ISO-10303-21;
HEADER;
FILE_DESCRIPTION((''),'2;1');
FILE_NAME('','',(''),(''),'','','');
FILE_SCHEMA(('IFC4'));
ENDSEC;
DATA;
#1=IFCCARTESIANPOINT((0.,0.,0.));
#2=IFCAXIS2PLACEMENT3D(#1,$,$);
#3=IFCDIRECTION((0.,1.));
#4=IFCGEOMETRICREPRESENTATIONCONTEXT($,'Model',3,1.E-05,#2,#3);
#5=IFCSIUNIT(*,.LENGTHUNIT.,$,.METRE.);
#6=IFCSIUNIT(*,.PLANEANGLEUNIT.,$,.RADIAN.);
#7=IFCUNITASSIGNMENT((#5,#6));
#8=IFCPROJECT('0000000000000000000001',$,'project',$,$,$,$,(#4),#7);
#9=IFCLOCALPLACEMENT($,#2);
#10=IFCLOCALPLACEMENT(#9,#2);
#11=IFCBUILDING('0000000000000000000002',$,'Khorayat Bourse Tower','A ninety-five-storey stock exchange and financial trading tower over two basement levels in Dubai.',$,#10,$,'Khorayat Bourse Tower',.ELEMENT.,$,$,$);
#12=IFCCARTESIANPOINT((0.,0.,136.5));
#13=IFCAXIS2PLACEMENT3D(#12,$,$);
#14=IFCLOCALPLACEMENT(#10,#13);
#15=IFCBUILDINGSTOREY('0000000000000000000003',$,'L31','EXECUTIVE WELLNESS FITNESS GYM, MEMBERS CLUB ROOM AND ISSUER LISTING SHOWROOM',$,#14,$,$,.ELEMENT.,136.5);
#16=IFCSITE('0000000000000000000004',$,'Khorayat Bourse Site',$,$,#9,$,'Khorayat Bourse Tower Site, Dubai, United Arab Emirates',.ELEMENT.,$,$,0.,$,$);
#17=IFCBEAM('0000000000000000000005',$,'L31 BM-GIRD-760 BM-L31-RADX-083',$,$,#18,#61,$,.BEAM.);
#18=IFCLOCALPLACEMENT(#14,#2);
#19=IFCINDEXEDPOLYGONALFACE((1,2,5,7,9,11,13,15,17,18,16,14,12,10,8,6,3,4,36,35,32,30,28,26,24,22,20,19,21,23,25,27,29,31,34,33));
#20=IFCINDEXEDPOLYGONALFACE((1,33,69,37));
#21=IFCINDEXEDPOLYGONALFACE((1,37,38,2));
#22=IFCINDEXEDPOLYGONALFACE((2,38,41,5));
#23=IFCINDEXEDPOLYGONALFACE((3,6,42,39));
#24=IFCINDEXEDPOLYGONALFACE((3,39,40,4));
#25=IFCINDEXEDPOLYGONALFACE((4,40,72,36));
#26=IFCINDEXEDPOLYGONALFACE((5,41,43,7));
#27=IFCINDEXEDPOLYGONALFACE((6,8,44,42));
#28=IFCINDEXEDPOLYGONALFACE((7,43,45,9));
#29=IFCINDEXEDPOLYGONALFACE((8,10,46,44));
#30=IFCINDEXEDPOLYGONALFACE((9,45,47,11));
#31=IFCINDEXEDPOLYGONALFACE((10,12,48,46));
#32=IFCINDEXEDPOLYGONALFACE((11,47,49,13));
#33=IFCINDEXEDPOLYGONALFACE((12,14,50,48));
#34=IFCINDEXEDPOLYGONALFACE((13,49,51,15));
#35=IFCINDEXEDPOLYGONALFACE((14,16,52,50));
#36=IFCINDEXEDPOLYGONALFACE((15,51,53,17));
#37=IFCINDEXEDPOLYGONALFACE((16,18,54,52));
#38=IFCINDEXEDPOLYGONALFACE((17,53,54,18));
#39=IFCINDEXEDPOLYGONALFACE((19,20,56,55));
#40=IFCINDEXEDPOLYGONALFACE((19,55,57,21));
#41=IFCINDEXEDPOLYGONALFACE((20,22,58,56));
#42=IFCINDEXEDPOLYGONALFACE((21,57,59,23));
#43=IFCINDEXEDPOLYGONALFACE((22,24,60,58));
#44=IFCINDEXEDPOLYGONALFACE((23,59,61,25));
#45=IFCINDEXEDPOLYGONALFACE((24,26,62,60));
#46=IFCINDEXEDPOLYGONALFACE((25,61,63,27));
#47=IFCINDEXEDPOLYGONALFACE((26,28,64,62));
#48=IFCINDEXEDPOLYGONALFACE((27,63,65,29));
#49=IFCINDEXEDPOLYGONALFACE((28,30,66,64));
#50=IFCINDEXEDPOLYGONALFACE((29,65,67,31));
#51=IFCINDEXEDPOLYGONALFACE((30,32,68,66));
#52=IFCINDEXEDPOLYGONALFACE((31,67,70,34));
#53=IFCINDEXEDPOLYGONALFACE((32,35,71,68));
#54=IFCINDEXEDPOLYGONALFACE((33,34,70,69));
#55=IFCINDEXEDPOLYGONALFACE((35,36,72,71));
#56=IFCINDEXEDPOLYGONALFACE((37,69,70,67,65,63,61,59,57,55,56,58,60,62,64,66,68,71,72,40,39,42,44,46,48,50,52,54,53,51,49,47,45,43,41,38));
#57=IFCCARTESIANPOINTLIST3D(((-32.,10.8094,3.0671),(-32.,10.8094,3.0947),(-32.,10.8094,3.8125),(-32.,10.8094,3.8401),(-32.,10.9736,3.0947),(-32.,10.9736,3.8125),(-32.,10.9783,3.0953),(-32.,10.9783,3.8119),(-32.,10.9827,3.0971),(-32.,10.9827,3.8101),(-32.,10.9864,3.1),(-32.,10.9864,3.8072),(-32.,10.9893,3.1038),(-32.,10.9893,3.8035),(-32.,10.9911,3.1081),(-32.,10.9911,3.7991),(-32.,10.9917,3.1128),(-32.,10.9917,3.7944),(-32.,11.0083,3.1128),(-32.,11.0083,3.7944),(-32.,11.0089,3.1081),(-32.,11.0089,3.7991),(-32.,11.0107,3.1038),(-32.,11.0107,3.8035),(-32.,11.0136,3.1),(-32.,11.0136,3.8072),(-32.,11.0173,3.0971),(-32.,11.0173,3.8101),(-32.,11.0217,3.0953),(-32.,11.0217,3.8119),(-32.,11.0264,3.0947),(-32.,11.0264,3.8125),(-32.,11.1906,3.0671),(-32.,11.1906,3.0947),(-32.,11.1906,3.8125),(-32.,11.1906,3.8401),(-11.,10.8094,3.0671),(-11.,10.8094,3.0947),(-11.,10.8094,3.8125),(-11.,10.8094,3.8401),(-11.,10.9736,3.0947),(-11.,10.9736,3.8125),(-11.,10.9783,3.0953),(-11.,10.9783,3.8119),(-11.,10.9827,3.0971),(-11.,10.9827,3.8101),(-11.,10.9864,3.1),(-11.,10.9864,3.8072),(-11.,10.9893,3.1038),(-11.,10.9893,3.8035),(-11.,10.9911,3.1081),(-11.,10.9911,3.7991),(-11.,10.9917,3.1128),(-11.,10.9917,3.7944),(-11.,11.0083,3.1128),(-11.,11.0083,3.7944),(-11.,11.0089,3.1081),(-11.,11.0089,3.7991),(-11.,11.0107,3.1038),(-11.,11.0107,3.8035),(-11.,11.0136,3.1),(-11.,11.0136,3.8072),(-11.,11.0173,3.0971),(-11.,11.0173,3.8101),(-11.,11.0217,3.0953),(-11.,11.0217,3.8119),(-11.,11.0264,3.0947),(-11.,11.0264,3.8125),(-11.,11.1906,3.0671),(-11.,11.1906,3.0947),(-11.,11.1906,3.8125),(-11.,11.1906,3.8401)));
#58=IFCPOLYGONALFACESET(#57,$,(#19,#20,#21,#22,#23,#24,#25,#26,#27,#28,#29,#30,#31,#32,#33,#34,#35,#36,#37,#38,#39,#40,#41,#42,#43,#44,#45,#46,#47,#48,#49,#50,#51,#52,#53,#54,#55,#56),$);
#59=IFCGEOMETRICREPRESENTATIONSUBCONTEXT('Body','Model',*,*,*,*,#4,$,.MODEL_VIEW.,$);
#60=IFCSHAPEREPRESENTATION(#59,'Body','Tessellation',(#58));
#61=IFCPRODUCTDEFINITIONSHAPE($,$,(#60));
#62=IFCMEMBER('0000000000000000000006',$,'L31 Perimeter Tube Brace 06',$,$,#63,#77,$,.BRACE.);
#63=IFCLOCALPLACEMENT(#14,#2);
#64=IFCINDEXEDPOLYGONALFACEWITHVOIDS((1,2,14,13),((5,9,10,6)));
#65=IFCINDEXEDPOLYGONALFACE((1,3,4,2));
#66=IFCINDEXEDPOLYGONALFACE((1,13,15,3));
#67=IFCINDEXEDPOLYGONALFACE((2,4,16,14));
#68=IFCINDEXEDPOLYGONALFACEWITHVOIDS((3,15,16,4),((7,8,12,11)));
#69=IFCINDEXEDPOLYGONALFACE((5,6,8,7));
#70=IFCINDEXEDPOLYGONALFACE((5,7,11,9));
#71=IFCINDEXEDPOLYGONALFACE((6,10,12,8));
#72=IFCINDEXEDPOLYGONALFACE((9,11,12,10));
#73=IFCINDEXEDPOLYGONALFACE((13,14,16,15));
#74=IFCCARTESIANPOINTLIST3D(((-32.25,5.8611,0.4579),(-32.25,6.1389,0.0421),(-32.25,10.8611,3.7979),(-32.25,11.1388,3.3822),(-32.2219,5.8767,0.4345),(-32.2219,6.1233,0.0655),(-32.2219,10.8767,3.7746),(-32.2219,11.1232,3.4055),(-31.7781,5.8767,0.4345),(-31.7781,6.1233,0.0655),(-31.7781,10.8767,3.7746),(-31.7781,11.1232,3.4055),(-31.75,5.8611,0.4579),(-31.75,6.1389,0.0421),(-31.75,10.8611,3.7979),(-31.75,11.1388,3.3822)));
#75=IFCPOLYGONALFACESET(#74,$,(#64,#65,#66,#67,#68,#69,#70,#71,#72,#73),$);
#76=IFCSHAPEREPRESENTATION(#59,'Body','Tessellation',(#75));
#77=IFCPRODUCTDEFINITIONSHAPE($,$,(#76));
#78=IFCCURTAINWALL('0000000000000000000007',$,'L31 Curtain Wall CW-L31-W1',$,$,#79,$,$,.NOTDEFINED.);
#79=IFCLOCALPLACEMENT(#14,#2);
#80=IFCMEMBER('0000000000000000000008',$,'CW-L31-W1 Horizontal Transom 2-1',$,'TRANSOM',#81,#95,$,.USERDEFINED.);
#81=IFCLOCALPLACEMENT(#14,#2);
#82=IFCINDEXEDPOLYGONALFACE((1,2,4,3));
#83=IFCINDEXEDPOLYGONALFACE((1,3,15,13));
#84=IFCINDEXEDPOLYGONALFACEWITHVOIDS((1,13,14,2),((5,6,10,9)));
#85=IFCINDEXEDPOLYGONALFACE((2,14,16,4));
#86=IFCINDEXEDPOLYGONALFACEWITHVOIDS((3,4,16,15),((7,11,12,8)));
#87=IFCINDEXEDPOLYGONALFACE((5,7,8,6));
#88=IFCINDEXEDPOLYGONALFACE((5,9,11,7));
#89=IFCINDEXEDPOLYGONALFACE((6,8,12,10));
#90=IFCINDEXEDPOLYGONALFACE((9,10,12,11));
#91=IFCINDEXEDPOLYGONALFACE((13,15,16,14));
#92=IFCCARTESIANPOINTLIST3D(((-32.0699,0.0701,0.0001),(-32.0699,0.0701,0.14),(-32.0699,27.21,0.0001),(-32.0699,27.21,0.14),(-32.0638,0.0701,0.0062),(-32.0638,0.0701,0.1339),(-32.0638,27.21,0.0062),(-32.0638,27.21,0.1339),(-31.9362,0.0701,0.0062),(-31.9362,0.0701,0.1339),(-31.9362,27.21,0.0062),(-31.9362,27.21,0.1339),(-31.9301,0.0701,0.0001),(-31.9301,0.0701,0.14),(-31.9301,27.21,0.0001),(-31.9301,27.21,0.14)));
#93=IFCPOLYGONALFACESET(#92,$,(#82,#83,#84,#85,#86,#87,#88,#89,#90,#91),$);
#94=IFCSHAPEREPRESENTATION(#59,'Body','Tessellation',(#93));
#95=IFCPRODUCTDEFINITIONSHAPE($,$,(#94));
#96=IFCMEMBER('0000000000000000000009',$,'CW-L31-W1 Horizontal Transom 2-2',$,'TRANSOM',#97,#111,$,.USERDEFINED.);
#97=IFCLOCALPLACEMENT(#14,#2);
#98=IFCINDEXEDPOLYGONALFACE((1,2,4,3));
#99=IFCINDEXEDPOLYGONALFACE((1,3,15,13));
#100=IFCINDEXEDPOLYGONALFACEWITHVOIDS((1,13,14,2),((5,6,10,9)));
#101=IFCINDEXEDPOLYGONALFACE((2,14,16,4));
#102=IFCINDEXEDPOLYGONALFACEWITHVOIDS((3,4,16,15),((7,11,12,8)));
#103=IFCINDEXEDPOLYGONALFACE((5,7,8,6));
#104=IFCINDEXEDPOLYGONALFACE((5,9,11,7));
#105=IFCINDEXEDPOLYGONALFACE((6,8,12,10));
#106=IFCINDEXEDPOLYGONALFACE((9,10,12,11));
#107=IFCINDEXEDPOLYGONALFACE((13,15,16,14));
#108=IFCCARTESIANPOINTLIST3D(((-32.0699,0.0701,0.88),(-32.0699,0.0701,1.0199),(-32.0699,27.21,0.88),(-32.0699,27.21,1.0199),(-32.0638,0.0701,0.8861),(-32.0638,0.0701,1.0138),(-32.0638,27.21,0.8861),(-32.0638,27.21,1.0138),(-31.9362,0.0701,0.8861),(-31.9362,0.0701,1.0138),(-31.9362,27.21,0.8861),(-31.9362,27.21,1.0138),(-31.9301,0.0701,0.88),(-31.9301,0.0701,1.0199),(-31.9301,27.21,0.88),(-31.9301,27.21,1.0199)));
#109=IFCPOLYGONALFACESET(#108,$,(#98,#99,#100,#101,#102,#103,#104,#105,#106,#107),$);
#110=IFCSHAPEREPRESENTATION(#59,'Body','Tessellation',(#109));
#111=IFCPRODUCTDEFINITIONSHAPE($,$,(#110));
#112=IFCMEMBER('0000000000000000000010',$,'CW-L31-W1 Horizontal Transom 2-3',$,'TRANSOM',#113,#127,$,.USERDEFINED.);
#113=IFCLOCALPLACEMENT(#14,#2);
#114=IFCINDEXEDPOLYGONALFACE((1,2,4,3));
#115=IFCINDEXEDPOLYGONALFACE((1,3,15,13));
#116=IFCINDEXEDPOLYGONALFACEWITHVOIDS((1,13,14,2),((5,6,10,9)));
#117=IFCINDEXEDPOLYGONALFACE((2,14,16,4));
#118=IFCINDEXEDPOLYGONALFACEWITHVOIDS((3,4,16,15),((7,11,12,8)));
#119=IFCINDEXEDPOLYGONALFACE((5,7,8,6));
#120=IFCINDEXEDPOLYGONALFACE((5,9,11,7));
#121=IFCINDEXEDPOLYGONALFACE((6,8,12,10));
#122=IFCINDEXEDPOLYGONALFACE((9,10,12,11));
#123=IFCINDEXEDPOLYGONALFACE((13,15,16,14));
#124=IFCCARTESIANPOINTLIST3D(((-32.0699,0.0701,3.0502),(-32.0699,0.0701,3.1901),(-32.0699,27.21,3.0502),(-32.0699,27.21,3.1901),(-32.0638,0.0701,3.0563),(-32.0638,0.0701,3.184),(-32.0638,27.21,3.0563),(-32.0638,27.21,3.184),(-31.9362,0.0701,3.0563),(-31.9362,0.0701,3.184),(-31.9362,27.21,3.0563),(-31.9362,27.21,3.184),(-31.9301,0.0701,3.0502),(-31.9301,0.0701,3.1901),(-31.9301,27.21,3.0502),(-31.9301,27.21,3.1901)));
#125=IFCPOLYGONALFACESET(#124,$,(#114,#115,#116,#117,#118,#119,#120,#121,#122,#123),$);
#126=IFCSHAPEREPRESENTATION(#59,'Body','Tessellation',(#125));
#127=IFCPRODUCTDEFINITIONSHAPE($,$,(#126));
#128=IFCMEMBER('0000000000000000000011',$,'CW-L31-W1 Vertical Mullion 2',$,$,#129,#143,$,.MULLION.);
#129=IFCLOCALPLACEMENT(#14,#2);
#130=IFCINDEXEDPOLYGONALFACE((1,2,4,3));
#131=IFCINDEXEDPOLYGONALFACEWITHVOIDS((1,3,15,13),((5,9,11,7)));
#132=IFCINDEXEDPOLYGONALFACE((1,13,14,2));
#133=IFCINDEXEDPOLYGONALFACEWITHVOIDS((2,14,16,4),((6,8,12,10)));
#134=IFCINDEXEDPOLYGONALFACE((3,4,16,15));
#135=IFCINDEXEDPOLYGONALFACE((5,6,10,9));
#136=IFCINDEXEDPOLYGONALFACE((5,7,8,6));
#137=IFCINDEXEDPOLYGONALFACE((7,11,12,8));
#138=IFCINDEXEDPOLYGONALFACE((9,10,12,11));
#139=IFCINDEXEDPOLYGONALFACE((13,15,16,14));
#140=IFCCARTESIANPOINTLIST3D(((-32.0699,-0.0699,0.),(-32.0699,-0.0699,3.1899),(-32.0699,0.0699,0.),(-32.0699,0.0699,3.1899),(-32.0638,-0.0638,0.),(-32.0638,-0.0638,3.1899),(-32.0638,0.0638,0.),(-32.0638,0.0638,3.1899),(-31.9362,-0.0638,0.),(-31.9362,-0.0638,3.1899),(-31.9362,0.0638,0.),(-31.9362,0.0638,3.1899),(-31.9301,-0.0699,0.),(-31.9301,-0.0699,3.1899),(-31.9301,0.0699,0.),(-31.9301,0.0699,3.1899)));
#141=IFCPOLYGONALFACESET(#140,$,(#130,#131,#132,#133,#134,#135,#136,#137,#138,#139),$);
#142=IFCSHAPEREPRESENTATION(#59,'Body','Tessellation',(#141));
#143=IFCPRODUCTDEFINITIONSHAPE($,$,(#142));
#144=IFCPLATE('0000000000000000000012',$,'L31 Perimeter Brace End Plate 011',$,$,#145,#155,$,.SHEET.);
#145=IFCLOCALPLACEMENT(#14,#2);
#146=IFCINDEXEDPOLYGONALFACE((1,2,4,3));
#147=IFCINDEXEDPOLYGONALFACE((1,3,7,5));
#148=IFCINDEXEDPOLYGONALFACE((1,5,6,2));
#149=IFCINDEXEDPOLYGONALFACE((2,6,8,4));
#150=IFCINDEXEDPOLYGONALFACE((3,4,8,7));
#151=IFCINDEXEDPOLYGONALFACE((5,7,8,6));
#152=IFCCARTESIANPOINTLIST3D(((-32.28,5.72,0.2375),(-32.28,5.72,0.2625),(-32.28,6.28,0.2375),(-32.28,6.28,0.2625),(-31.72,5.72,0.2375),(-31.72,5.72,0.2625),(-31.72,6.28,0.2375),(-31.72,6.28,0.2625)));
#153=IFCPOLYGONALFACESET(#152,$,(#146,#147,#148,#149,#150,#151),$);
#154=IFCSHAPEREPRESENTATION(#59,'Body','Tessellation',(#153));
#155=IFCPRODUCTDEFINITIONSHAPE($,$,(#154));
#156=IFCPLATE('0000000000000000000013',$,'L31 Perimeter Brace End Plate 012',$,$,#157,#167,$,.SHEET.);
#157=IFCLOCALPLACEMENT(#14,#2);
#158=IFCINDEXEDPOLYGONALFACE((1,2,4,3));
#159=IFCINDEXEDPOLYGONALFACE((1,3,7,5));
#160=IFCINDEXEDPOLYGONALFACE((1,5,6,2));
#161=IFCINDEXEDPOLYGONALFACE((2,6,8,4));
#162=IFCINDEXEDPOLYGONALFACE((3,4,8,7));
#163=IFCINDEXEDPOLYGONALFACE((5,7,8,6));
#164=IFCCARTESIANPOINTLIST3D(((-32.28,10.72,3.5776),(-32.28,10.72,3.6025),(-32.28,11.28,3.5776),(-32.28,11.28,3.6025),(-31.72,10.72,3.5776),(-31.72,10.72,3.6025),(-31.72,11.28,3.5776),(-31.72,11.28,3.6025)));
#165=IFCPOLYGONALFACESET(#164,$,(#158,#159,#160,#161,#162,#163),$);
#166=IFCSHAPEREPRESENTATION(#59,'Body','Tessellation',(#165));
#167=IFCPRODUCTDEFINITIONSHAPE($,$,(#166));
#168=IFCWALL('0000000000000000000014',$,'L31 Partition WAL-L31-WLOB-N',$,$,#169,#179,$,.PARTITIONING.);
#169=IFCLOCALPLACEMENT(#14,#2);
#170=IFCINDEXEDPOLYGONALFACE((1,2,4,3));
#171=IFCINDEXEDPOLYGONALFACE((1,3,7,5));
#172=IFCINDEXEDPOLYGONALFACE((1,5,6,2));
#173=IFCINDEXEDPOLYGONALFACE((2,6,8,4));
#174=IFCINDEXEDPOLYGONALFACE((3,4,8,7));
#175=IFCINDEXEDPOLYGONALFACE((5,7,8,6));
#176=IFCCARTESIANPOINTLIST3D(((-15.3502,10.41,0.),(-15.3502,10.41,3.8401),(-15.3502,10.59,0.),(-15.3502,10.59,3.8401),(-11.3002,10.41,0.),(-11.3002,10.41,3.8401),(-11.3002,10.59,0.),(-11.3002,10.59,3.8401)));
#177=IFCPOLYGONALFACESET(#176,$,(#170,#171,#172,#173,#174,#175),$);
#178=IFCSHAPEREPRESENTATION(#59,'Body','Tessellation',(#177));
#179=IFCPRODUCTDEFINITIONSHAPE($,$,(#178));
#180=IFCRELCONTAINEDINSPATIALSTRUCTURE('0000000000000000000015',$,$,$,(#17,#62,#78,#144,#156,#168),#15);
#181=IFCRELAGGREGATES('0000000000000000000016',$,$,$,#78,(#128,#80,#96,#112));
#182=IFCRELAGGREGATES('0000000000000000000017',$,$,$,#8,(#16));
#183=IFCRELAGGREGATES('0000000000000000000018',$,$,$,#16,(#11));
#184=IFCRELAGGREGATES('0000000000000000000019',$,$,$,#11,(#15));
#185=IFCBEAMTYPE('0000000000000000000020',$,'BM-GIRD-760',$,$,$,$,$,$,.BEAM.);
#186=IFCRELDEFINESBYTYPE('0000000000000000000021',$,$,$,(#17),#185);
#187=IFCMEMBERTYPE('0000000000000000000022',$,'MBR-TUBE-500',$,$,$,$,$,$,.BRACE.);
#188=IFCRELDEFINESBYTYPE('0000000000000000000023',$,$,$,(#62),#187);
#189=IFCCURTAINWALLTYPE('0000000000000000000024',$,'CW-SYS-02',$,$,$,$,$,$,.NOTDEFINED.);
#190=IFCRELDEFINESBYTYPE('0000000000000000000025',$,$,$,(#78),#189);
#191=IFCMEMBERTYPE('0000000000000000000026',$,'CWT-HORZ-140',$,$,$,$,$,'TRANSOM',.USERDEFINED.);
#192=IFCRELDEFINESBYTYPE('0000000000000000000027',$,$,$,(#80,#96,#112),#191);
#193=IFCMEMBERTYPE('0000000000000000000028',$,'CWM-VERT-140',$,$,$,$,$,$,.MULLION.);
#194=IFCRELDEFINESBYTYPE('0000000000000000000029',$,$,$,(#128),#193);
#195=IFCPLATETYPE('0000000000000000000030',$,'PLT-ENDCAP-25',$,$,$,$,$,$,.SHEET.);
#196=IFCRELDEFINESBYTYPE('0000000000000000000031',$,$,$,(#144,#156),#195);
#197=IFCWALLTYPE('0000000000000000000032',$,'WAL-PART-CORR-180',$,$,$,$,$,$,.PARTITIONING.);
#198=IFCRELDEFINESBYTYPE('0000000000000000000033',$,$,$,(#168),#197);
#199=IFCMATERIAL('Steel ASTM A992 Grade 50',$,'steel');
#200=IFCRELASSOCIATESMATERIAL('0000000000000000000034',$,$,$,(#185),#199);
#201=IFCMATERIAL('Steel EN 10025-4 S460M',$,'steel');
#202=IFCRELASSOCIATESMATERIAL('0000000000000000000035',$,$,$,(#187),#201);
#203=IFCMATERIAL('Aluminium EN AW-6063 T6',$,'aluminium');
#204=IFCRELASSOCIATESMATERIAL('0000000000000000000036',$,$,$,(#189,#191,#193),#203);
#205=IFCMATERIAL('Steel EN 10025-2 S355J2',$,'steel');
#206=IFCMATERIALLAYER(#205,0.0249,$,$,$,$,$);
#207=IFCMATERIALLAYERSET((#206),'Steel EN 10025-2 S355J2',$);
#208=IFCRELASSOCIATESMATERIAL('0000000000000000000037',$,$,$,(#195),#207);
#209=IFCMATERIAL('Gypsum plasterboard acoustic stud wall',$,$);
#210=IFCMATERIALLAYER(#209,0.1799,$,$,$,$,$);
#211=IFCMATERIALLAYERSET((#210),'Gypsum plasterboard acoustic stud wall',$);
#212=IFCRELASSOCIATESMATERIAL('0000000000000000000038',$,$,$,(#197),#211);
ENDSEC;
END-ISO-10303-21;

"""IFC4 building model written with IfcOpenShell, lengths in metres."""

from ifc_helpers import new_model, si_unit, direction, frame, frame_2d, origin, origin_2d, place, context, subcontext, project, spatial, rectangle, hollow_rectangle, i_section, extrude, source, transform, mapped, material, layer, layer_set, material_profile, profile_set, type_object, element, aggregate, save


model = new_model("IFC4")

# Units and contexts
model_context = context("Model", 3, precision=1e-05, world=origin(), true_north=direction((0.0, 1.0)))
body_context = subcontext(model_context, "Body", "Model", "MODEL_VIEW")
ifc_project = project(units=[si_unit("LENGTHUNIT", "METRE"), si_unit("PLANEANGLEUNIT", "RADIAN")], contexts=[model_context])

# Site, building, storey
site_placement = place(None, origin())
site = spatial("IfcSite", under=ifc_project, at=site_placement, Name="Khorayat Bourse Site", LongName="Khorayat Bourse Tower Site, Dubai, United Arab Emirates", CompositionType="ELEMENT", RefElevation=0.0)
building_placement = place(site_placement, origin())
building = spatial("IfcBuilding", under=site, at=building_placement, Name="Khorayat Bourse Tower", Description="A ninety-five-storey stock exchange and financial trading tower over two basement levels in Dubai.", LongName="Khorayat Bourse Tower", CompositionType="ELEMENT")
storey_placement = place(building_placement, frame((0.0, 0.0, 136.5)))
storey = spatial("IfcBuildingStorey", under=building, at=storey_placement, Name="L31", Description="EXECUTIVE WELLNESS FITNESS GYM, MEMBERS CLUB ROOM AND ISSUER LISTING SHOWROOM", CompositionType="ELEMENT", Elevation=136.5)

# Shared definitions
ifc_material_1 = material(Name="Steel EN 10025-4 S460M", Category="steel")

# Beam
ifc_material_2 = material(Name="Steel ASTM A992 Grade 50", Category="steel")
ifc_material_profile_1 = material_profile(ifc_material_2, i_section(OverallWidth=0.3811, OverallDepth=0.7729, WebThickness=0.0166, FlangeThickness=0.0276, FilletRadius=0.0181, at=origin_2d()), Name="W760X257")
ifc_profile_set_1 = profile_set([ifc_material_profile_1], Name="Steel ASTM A992 Grade 50")
beam_type_1 = type_object("IfcBeamType", Name="BM-GIRD-760", PredefinedType="BEAM", material=ifc_profile_set_1)
shared_shape_1 = source(origin(), body_context, "Body", "SweptSolid", [
    extrude(i_section(OverallWidth=0.3811, OverallDepth=0.7729, WebThickness=0.0166, FlangeThickness=0.0276, FilletRadius=0.0181, at=origin_2d()), origin(), (0.0, 0.0, 1.0), 21.0),
])
for number, where, z_axis, x_axis, name in (
    (1, (-32.0, 11.0, 3.4536), (1.0, 0.0, 0.0), (0.0, 1.0, 0.0), "L31 BM-GIRD-760 BM-L31-RADX-083"),
):
    element("IfcBeam", number, at=place(storey_placement, frame(where, z_axis=z_axis, x_axis=x_axis)), inside=storey, type_object=beam_type_1, Name=name, PredefinedType="BEAM", context=body_context, shape_type="MappedRepresentation", body=[
        mapped(shared_shape_1, transform((0.0, 0.0, 0.0), scale=1.0)),
    ])

# Member
ifc_material_profile_2 = material_profile(ifc_material_1, hollow_rectangle(XDim=0.5, YDim=0.5, WallThickness=0.0281, at=origin_2d()), Name="HSS 500x500x28")
ifc_profile_set_2 = profile_set([ifc_material_profile_2], Name="Steel EN 10025-4 S460M")
member_type_1 = type_object("IfcMemberType", Name="MBR-TUBE-500", PredefinedType="BRACE", material=ifc_profile_set_2)
shared_shape_2 = source(origin(), body_context, "Body", "SweptSolid", [
    extrude(hollow_rectangle(XDim=0.5, YDim=0.5, WallThickness=0.0281, at=origin_2d()), origin(), (0.0, 0.0, 1.0), 6.0129),
])
member_1_placement = place(storey_placement, frame((-32.0, 6.0, 0.25), z_axis=(0.0, 0.831531, 0.555478), x_axis=(-1.0, 0.0, 0.0)))
element("IfcMember", 2, at=member_1_placement, inside=storey, type_object=member_type_1, Name="L31 Perimeter Tube Brace 06", PredefinedType="BRACE", context=body_context, shape_type="MappedRepresentation", body=[
    mapped(shared_shape_2, transform((0.0, 0.0, 0.0), scale=1.0)),
])

# Curtain wall, members
ifc_material_3 = material(Name="Aluminium EN AW-6063 T6", Category="aluminium")
curtain_wall_type = type_object("IfcCurtainWallType", Name="CW-SYS-02", PredefinedType="NOTDEFINED", material=ifc_material_3)
curtain_wall_placement = place(storey_placement, origin())
curtain_wall = element("IfcCurtainWall", 3, at=curtain_wall_placement, inside=storey, type_object=curtain_wall_type, Name="L31 Curtain Wall CW-L31-W1", PredefinedType="NOTDEFINED")
ifc_material_profile_3 = material_profile(ifc_material_3, hollow_rectangle(XDim=0.1399, YDim=0.1399, WallThickness=0.0061, at=origin_2d()), Name="ALU 140x140x6")
ifc_profile_set_3 = profile_set([ifc_material_profile_3], Name="Aluminium EN AW-6063 T6")
member_type_2 = type_object("IfcMemberType", Name="CWT-HORZ-140", ElementType="TRANSOM", PredefinedType="USERDEFINED", material=ifc_profile_set_3)
shared_shape_3 = source(origin(), body_context, "Body", "SweptSolid", [
    extrude(hollow_rectangle(XDim=0.1399, YDim=0.1399, WallThickness=0.0061, at=origin_2d()), origin(), (0.0, 0.0, 1.0), 27.1399),
])
member_2_placement = place(storey_placement, frame((-32.0, 0.0701, 0.0701), z_axis=(0.0, 1.0, 0.0), x_axis=(-1.0, 0.0, 0.0)))
member_2 = element("IfcMember", 4, at=member_2_placement, type_object=member_type_2, Name="CW-L31-W1 Horizontal Transom 2-1", ObjectType="TRANSOM", PredefinedType="USERDEFINED", context=body_context, shape_type="MappedRepresentation", body=[
    mapped(shared_shape_3, transform((0.0, 0.0, 0.0), scale=1.0)),
])
member_3_placement = place(storey_placement, frame((-32.0, 0.0701, 0.95), z_axis=(0.0, 1.0, 0.0), x_axis=(-1.0, 0.0, 0.0)))
member_3 = element("IfcMember", 5, at=member_3_placement, type_object=member_type_2, Name="CW-L31-W1 Horizontal Transom 2-2", ObjectType="TRANSOM", PredefinedType="USERDEFINED", context=body_context, shape_type="MappedRepresentation", body=[
    mapped(shared_shape_3, transform((0.0, 0.0, 0.0), scale=1.0)),
])
member_4_placement = place(storey_placement, frame((-32.0, 0.0701, 3.1201), z_axis=(0.0, 1.0, 0.0), x_axis=(-1.0, 0.0, 0.0)))
member_4 = element("IfcMember", 6, at=member_4_placement, type_object=member_type_2, Name="CW-L31-W1 Horizontal Transom 2-3", ObjectType="TRANSOM", PredefinedType="USERDEFINED", context=body_context, shape_type="MappedRepresentation", body=[
    mapped(shared_shape_3, transform((0.0, 0.0, 0.0), scale=1.0)),
])
ifc_material_profile_4 = material_profile(ifc_material_3, hollow_rectangle(XDim=0.1399, YDim=0.1399, WallThickness=0.0061, at=origin_2d()), Name="ALU 140x140x6")
ifc_profile_set_4 = profile_set([ifc_material_profile_4], Name="Aluminium EN AW-6063 T6")
member_type_3 = type_object("IfcMemberType", Name="CWM-VERT-140", PredefinedType="MULLION", material=ifc_profile_set_4)
shared_shape_4 = source(origin(), body_context, "Body", "SweptSolid", [
    extrude(hollow_rectangle(XDim=0.1399, YDim=0.1399, WallThickness=0.0061, at=origin_2d()), origin(), (0.0, 0.0, 1.0), 3.1899),
])
member_5_placement = place(storey_placement, frame((-32.0, 0.0, 0.0), z_axis=(0.0, 0.0, 1.0), x_axis=(-1.0, 0.0, 0.0)))
member_5 = element("IfcMember", 7, at=member_5_placement, type_object=member_type_3, Name="CW-L31-W1 Vertical Mullion 2", PredefinedType="MULLION", context=body_context, shape_type="MappedRepresentation", body=[
    mapped(shared_shape_4, transform((0.0, 0.0, 0.0), scale=1.0)),
])
aggregate(curtain_wall, [member_5, member_2, member_3, member_4])

# Plates
ifc_material_4 = material(Name="Steel EN 10025-2 S355J2", Category="steel")
ifc_layer_1 = layer(ifc_material_4, 0.0249)
ifc_layer_set_1 = layer_set([ifc_layer_1], Name="Steel EN 10025-2 S355J2")
plate_type = type_object("IfcPlateType", Name="PLT-ENDCAP-25", PredefinedType="SHEET", material=ifc_layer_set_1)
shared_shape_5 = source(origin(), body_context, "Body", "SweptSolid", [
    extrude(rectangle(XDim=0.5601, YDim=0.5601, at=origin_2d()), origin(), (0.0, 0.0, 1.0), 0.0249),
])
for number, where, z_axis, x_axis, name in (
    (8, (-32.0, 6.0, 0.2375), (0.0, 0.0, 1.0), (1.0, 0.0, 0.0), "L31 Perimeter Brace End Plate 011"),
    (9, (-32.0, 11.0, 3.5776), (0.0, 0.0, 1.0), (1.0, 0.0, 0.0), "L31 Perimeter Brace End Plate 012"),
):
    element("IfcPlate", number, at=place(storey_placement, frame(where, z_axis=z_axis, x_axis=x_axis)), inside=storey, type_object=plate_type, Name=name, PredefinedType="SHEET", context=body_context, shape_type="MappedRepresentation", body=[
        mapped(shared_shape_5, transform((0.0, 0.0, 0.0), scale=1.0)),
    ])

# Wall
ifc_material_5 = material(Name="Gypsum plasterboard acoustic stud wall")
ifc_layer_2 = layer(ifc_material_5, 0.1799)
ifc_layer_set_2 = layer_set([ifc_layer_2], Name="Gypsum plasterboard acoustic stud wall")
wall_type_1 = type_object("IfcWallType", Name="WAL-PART-CORR-180", PredefinedType="PARTITIONING", material=ifc_layer_set_2)
shared_shape_6 = source(origin(), body_context, "Body", "SweptSolid", [
    extrude(rectangle(XDim=4.05, YDim=0.1799, at=frame_2d((2.0249, 0.0))), origin(), (0.0, 0.0, 1.0), 3.8401),
])
wall_1_placement = place(storey_placement, frame((-15.3501, 10.5, 0.0), z_axis=(0.0, 0.0, 1.0), x_axis=(1.0, 0.0, 0.0)))
element("IfcWall", 10, at=wall_1_placement, inside=storey, type_object=wall_type_1, Name="L31 Partition WAL-L31-WLOB-N", PredefinedType="PARTITIONING", context=body_context, shape_type="MappedRepresentation", body=[
    mapped(shared_shape_6, transform((0.0, 0.0, 0.0), scale=1.0)),
])

save(model, "model.ifc")
